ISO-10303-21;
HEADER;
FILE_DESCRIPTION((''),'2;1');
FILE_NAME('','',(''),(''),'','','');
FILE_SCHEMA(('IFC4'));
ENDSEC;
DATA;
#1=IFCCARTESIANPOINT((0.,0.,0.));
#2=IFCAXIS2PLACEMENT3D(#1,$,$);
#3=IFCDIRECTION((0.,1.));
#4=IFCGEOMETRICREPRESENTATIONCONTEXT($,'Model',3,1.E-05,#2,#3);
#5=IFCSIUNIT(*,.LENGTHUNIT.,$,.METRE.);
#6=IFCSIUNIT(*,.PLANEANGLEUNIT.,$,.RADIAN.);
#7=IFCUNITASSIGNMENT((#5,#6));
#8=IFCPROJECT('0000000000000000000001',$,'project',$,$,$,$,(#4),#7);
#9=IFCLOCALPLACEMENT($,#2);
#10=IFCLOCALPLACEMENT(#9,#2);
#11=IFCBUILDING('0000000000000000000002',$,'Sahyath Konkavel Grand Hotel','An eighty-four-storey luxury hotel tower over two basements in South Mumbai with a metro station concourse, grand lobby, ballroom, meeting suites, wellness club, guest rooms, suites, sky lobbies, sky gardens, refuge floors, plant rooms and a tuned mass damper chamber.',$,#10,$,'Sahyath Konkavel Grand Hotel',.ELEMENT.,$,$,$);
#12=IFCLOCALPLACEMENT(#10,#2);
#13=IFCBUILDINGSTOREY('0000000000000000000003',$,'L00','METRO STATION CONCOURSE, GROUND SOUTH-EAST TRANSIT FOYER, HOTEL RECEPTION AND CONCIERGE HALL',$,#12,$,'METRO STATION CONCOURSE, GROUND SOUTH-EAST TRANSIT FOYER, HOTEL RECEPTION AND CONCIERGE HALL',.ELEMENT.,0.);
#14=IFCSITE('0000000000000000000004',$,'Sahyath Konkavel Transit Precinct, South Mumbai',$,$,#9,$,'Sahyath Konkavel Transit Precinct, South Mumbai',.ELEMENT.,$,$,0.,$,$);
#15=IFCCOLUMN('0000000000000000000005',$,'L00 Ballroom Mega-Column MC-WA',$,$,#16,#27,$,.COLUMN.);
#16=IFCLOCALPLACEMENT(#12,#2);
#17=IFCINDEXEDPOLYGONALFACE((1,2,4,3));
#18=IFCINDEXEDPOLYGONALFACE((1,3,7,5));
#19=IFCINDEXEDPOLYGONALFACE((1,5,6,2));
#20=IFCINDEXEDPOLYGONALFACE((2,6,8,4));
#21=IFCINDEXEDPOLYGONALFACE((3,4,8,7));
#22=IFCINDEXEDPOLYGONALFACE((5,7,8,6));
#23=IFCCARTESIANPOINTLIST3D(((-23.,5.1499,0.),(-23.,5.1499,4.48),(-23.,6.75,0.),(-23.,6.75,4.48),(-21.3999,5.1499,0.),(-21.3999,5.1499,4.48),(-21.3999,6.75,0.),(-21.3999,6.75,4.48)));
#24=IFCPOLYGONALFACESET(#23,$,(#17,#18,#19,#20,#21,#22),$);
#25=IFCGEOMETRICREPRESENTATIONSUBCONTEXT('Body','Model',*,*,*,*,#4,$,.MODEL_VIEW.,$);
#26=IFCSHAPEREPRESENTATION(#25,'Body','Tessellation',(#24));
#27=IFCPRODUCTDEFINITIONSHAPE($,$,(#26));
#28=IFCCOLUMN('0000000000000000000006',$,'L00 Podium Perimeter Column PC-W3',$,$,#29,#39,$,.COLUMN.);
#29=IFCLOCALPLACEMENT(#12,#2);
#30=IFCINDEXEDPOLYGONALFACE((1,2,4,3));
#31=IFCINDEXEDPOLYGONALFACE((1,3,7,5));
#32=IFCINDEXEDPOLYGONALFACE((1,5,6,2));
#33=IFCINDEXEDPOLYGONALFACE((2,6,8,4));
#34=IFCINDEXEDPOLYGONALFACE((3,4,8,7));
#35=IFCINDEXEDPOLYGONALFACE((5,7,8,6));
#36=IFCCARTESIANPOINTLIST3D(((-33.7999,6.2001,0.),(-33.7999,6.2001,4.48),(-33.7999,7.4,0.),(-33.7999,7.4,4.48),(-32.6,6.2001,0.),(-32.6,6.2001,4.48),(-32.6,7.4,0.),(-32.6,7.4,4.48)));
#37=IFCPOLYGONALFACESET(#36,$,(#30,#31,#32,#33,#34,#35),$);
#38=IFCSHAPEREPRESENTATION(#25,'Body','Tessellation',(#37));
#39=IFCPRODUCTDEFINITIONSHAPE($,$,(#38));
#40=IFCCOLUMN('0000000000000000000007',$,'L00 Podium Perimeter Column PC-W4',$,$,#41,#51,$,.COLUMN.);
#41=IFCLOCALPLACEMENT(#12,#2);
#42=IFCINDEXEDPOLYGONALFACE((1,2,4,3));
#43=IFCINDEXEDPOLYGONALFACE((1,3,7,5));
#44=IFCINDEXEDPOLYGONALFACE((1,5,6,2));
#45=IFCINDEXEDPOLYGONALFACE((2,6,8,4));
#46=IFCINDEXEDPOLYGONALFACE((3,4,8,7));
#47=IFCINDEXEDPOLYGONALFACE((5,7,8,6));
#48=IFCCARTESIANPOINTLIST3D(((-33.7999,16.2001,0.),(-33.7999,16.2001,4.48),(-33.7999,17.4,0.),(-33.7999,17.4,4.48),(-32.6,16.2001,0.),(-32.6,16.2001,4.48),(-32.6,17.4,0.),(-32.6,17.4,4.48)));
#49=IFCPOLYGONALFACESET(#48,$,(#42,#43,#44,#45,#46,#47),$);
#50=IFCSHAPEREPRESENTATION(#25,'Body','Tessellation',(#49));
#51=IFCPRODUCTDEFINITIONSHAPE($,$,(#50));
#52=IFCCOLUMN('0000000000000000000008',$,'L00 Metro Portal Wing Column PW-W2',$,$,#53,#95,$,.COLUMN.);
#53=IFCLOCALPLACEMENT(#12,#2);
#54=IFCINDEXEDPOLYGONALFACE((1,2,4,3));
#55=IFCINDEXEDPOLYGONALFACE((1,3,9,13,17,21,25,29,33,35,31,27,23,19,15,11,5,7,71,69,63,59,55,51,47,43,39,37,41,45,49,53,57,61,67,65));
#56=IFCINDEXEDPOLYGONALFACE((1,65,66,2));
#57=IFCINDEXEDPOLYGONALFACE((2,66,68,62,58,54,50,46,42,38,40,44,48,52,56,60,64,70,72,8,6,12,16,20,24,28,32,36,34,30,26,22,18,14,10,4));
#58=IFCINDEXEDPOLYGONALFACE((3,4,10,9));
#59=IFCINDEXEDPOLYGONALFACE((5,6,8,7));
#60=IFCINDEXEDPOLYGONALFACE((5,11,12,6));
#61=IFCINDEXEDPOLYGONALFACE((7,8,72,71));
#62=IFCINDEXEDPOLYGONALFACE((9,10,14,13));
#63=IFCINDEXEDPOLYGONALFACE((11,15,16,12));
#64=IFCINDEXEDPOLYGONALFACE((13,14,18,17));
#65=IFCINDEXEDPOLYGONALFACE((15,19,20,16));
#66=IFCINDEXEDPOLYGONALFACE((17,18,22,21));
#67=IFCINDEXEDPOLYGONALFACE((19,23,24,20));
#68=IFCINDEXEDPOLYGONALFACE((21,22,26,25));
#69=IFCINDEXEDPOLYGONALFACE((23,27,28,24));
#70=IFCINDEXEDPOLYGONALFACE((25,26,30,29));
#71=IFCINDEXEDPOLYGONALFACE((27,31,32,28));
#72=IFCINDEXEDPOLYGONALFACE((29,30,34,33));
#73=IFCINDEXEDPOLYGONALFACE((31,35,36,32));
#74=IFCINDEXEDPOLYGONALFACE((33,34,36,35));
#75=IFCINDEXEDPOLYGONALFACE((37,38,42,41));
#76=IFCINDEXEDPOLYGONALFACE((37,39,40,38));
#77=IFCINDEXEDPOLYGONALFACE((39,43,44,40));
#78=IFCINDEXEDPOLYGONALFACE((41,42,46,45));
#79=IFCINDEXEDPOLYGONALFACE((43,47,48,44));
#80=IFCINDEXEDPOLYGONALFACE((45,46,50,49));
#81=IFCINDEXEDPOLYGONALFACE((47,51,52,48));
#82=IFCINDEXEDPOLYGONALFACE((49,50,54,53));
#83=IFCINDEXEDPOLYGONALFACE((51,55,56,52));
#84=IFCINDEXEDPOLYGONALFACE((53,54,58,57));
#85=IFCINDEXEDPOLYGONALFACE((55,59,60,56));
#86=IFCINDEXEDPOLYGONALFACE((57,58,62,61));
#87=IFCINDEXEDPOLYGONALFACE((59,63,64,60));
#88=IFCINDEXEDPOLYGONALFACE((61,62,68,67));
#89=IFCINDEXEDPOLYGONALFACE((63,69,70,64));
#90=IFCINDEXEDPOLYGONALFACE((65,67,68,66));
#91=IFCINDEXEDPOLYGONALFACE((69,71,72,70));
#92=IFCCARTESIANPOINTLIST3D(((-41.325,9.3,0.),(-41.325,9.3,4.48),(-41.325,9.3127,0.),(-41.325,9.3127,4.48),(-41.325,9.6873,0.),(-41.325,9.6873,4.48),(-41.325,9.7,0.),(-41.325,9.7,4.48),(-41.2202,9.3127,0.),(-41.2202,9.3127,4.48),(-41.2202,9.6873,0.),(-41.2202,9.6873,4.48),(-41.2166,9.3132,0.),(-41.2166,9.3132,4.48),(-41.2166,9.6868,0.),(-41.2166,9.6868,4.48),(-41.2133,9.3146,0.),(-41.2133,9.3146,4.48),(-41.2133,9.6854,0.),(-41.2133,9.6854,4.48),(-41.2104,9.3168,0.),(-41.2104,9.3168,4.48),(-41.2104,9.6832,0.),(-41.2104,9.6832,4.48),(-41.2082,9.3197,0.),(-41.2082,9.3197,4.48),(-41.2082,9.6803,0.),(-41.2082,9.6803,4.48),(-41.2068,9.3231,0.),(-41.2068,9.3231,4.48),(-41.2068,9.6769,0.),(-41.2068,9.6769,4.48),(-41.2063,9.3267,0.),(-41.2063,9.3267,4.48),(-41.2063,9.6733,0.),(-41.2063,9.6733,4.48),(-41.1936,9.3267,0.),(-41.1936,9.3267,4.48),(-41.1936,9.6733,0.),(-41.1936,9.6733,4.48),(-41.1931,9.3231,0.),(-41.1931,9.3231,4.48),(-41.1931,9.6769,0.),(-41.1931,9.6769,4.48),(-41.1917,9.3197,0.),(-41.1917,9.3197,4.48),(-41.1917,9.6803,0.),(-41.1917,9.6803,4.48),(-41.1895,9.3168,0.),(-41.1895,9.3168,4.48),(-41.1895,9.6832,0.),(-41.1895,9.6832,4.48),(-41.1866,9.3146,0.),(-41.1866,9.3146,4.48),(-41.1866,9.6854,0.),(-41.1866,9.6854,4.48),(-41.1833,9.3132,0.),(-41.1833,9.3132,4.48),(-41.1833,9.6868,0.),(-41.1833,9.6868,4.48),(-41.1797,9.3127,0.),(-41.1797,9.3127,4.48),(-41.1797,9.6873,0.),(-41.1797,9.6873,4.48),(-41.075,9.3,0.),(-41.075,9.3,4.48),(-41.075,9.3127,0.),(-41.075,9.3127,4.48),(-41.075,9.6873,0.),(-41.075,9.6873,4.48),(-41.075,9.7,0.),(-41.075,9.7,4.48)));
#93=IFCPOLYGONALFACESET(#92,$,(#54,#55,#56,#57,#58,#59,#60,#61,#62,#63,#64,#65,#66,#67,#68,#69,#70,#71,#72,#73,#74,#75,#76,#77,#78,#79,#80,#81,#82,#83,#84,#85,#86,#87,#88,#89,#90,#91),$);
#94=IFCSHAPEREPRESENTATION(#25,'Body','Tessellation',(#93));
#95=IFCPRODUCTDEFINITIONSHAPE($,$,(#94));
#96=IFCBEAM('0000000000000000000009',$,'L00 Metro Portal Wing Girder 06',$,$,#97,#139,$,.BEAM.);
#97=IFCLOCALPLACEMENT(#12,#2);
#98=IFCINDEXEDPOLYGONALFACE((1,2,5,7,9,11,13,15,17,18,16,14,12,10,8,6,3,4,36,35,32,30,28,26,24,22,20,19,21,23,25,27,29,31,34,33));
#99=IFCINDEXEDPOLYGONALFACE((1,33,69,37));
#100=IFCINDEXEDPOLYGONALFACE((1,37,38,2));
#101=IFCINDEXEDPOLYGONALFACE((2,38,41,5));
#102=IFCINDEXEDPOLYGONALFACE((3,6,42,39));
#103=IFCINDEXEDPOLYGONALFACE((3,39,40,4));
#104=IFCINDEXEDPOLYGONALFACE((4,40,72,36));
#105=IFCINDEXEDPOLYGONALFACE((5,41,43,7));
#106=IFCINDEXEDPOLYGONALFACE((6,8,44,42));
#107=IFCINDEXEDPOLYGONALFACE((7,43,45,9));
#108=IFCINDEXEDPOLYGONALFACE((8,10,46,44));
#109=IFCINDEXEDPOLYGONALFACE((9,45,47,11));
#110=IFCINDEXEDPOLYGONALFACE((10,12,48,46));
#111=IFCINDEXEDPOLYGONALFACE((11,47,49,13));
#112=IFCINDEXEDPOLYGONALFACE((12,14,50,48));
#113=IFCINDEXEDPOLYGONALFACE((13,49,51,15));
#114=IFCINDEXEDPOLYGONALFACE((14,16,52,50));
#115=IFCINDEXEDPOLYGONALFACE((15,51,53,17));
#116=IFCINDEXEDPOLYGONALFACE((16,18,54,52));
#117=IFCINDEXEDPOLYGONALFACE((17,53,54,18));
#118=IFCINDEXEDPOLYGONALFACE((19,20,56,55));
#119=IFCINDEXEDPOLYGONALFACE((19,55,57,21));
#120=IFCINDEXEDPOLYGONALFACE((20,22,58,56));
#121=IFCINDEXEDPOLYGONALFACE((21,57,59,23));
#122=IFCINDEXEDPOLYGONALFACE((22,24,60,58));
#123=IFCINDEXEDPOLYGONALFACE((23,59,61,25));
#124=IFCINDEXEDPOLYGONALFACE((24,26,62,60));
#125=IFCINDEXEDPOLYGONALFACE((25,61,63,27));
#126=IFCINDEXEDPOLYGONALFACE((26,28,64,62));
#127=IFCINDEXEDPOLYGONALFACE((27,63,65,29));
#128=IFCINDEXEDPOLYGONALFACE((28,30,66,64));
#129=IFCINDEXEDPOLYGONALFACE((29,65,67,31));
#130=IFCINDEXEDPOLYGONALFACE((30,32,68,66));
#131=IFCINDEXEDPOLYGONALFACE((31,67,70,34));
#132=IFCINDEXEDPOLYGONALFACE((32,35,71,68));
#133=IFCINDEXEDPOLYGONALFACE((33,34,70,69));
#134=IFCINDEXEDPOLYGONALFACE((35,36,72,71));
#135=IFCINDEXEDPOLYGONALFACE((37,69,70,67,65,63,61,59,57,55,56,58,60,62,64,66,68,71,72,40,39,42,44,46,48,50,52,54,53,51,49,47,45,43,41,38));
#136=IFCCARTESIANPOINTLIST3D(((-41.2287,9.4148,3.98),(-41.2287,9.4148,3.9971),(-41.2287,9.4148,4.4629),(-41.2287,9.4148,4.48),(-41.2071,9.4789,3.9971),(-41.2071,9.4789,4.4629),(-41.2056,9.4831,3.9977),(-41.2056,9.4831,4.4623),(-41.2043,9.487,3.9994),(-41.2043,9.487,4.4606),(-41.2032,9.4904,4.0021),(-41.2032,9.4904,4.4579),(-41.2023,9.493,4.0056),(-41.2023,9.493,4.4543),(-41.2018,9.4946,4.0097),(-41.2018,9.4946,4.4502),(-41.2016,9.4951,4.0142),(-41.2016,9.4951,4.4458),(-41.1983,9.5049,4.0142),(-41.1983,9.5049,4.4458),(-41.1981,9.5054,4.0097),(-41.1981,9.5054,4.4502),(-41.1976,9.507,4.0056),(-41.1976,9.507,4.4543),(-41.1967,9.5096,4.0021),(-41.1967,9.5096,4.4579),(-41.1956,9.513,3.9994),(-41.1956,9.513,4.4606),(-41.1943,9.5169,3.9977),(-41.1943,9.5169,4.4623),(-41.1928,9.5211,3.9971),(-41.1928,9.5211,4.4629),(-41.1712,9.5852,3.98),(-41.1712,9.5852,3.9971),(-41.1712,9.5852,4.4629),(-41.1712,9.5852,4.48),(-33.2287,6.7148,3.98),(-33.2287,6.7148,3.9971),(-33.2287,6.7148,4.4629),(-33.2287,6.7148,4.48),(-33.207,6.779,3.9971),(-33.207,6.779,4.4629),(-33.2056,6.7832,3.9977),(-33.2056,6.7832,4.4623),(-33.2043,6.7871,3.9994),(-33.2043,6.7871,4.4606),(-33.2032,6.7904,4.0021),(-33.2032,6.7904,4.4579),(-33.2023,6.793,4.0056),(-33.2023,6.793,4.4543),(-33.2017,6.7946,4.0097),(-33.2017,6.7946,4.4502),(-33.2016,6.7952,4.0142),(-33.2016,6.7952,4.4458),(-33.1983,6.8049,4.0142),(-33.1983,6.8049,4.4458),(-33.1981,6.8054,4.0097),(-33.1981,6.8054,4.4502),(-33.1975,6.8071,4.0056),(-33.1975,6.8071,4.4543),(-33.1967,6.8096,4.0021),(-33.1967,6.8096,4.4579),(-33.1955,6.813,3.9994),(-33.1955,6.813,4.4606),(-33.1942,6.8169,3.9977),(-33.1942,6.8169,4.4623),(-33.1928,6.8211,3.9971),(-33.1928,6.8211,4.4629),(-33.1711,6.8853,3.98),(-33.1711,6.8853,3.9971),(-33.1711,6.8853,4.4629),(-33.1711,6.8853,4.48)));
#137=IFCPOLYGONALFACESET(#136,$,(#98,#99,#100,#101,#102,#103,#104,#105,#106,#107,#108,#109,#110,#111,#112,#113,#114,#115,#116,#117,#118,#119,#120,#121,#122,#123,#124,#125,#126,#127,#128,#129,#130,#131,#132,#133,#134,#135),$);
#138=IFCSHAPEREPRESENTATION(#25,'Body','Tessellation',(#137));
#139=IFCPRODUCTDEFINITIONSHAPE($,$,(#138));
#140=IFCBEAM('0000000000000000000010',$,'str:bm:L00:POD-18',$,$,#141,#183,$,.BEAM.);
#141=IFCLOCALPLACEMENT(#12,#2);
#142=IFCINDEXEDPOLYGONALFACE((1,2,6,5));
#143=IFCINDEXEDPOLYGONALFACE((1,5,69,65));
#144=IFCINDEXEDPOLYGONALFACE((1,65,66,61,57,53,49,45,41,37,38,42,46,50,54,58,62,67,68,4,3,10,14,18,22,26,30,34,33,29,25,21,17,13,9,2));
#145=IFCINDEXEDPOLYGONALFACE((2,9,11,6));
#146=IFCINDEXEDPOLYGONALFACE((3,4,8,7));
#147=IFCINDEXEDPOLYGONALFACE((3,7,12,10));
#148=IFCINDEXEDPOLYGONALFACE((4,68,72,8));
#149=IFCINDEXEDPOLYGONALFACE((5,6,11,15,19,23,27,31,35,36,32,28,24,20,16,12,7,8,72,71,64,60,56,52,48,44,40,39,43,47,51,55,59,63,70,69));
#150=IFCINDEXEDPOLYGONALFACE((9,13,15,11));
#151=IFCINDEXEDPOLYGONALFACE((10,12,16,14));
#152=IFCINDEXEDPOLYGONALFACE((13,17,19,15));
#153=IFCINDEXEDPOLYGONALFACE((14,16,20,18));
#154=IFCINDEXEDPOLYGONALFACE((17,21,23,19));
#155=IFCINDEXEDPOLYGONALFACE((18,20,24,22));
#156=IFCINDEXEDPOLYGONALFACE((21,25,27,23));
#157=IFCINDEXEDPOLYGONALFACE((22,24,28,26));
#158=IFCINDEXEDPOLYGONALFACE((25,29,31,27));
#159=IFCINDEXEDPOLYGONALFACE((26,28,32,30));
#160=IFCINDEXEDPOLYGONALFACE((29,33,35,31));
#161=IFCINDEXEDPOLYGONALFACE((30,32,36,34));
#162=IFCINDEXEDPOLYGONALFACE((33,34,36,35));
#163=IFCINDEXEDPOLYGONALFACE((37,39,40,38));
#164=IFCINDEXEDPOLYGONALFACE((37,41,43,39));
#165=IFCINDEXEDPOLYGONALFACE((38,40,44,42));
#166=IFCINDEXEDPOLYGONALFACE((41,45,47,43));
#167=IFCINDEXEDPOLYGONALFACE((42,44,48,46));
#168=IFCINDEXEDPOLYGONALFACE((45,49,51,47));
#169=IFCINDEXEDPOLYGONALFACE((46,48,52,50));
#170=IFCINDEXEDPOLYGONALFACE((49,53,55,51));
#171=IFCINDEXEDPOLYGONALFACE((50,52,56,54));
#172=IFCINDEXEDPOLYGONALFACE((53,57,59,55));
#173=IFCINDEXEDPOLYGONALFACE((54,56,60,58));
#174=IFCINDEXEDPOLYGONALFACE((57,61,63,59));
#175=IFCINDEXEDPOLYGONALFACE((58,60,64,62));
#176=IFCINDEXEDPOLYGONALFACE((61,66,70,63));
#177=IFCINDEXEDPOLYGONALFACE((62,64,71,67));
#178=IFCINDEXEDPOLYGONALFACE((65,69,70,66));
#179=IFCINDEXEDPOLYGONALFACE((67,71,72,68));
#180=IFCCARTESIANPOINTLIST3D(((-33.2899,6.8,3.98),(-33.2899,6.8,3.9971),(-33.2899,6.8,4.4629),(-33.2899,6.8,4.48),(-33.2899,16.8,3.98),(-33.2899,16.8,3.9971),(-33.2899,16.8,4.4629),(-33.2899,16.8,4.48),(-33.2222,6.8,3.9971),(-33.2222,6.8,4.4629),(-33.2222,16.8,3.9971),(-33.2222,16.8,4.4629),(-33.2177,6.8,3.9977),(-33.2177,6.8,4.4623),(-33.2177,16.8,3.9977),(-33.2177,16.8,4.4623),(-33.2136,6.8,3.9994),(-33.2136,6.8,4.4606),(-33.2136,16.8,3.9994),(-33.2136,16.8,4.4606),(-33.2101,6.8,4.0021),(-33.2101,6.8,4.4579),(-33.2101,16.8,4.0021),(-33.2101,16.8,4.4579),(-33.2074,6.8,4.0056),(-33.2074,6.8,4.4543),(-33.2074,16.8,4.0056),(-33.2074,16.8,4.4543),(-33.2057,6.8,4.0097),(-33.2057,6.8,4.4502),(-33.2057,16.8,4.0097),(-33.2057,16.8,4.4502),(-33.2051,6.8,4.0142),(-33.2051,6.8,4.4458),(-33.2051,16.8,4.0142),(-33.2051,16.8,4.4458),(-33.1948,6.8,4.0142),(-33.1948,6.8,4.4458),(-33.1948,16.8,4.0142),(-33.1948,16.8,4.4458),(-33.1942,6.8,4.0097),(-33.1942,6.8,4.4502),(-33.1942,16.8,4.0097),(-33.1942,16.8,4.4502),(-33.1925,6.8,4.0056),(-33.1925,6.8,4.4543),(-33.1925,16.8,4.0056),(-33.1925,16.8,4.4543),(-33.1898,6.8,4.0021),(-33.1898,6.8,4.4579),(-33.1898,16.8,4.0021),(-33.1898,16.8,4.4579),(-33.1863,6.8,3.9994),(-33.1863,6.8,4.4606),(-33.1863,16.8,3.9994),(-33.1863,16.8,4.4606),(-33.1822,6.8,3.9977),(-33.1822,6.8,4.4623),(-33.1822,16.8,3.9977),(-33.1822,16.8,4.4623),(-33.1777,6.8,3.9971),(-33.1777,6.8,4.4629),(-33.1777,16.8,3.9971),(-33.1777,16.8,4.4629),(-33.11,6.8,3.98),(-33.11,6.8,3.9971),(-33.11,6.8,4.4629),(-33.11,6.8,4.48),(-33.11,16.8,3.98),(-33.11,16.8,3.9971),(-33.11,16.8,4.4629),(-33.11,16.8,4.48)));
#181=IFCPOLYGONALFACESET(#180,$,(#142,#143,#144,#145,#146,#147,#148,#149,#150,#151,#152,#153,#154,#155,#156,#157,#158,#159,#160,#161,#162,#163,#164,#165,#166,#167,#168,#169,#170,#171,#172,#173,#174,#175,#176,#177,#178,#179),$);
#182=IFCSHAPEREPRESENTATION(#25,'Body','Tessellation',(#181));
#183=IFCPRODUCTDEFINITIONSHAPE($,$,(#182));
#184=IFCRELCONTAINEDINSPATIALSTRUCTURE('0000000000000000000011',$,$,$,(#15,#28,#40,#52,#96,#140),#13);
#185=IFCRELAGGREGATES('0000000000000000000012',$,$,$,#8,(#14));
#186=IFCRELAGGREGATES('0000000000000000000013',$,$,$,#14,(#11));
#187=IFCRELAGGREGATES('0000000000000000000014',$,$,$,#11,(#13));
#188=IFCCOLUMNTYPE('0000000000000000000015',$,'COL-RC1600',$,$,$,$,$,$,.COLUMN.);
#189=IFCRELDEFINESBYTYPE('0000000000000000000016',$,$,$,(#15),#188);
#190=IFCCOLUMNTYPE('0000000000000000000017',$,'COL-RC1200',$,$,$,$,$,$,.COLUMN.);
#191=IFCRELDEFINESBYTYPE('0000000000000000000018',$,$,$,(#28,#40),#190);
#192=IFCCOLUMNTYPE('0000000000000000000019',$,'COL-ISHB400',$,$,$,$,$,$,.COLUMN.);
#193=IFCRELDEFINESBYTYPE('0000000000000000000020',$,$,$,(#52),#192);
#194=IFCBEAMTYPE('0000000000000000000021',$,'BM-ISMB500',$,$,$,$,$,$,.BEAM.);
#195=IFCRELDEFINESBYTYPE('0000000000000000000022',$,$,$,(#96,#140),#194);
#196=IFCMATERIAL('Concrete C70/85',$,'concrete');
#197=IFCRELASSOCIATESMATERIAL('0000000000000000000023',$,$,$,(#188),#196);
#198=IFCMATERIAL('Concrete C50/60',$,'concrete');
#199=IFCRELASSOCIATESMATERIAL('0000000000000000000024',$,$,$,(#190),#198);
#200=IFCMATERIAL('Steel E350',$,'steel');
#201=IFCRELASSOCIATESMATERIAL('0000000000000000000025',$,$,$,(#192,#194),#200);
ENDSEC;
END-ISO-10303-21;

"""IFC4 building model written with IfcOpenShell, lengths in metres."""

from ifc_helpers import new_model, si_unit, direction, frame, origin, origin_2d, place, context, subcontext, project, spatial, rectangle, i_section, extrude, source, transform, mapped, material, material_profile, profile_set, type_object, element, save


model = new_model("IFC4")

# Units and contexts
model_context = context("Model", 3, precision=1e-05, world=origin(), true_north=direction((0.0, 1.0)))
body_context = subcontext(model_context, "Body", "Model", "MODEL_VIEW")
ifc_project = project(units=[si_unit("LENGTHUNIT", "METRE"), si_unit("PLANEANGLEUNIT", "RADIAN")], contexts=[model_context])

# Site, building, storey
site_placement = place(None, origin())
site = spatial("IfcSite", under=ifc_project, at=site_placement, Name="Sahyath Konkavel Transit Precinct, South Mumbai", LongName="Sahyath Konkavel Transit Precinct, South Mumbai", CompositionType="ELEMENT", RefElevation=0.0)
building_placement = place(site_placement, origin())
building = spatial("IfcBuilding", under=site, at=building_placement, Name="Sahyath Konkavel Grand Hotel", Description="An eighty-four-storey luxury hotel tower over two basements in South Mumbai with a metro station concourse, grand lobby, ballroom, meeting suites, wellness club, guest rooms, suites, sky lobbies, sky gardens, refuge floors, plant rooms and a tuned mass damper chamber.", LongName="Sahyath Konkavel Grand Hotel", CompositionType="ELEMENT")
storey_placement = place(building_placement, origin())
storey = spatial("IfcBuildingStorey", under=building, at=storey_placement, Name="L00", Description="METRO STATION CONCOURSE, GROUND SOUTH-EAST TRANSIT FOYER, HOTEL RECEPTION AND CONCIERGE HALL", LongName="METRO STATION CONCOURSE, GROUND SOUTH-EAST TRANSIT FOYER, HOTEL RECEPTION AND CONCIERGE HALL", CompositionType="ELEMENT", Elevation=0.0)

# Columns
ifc_material_1 = material(Name="Concrete C70/85", Category="concrete")
ifc_material_profile_1 = material_profile(ifc_material_1, rectangle(XDim=1.6001, YDim=1.6001, at=origin_2d()), Name="RC 1600x1600")
ifc_profile_set_1 = profile_set([ifc_material_profile_1], Name="Concrete C70/85")
column_type_1 = type_object("IfcColumnType", Name="COL-RC1600", PredefinedType="COLUMN", material=ifc_profile_set_1)
shared_shape_1 = source(origin(), body_context, "Body", "SweptSolid", [
    extrude(rectangle(XDim=1.6001, YDim=1.6001, at=origin_2d()), origin(), (0.0, 0.0, 1.0), 4.48),
])
column_1_placement = place(storey_placement, frame((-22.2, 5.95, 0.0), z_axis=(0.0, 0.0, 1.0), x_axis=(1.0, 0.0, 0.0)))
element("IfcColumn", 1, at=column_1_placement, inside=storey, type_object=column_type_1, Name="L00 Ballroom Mega-Column MC-WA", PredefinedType="COLUMN", context=body_context, shape_type="MappedRepresentation", body=[
    mapped(shared_shape_1, transform((0.0, 0.0, 0.0), scale=1.0)),
])
ifc_material_2 = material(Name="Concrete C50/60", Category="concrete")
ifc_material_profile_2 = material_profile(ifc_material_2, rectangle(XDim=1.2, YDim=1.2, at=origin_2d()), Name="RC 1200x1200")
ifc_profile_set_2 = profile_set([ifc_material_profile_2], Name="Concrete C50/60")
column_type_2 = type_object("IfcColumnType", Name="COL-RC1200", PredefinedType="COLUMN", material=ifc_profile_set_2)
shared_shape_2 = source(origin(), body_context, "Body", "SweptSolid", [
    extrude(rectangle(XDim=1.2, YDim=1.2, at=origin_2d()), origin(), (0.0, 0.0, 1.0), 4.48),
])
for number, where, z_axis, x_axis, name in (
    (2, (-33.2, 6.8, 0.0), (0.0, 0.0, 1.0), (1.0, 0.0, 0.0), "L00 Podium Perimeter Column PC-W3"),
    (3, (-33.2, 16.8, 0.0), (0.0, 0.0, 1.0), (1.0, 0.0, 0.0), "L00 Podium Perimeter Column PC-W4"),
):
    element("IfcColumn", number, at=place(storey_placement, frame(where, z_axis=z_axis, x_axis=x_axis)), inside=storey, type_object=column_type_2, Name=name, PredefinedType="COLUMN", context=body_context, shape_type="MappedRepresentation", body=[
        mapped(shared_shape_2, transform((0.0, 0.0, 0.0), scale=1.0)),
    ])
ifc_material_3 = material(Name="Steel E350", Category="steel")
ifc_material_profile_3 = material_profile(ifc_material_3, i_section(OverallWidth=0.25, OverallDepth=0.3999, WebThickness=0.0127, FlangeThickness=0.0127, FilletRadius=0.0139, at=origin_2d()), Name="ISHB 400")
ifc_profile_set_3 = profile_set([ifc_material_profile_3], Name="Steel E350")
column_type_3 = type_object("IfcColumnType", Name="COL-ISHB400", PredefinedType="COLUMN", material=ifc_profile_set_3)
shared_shape_3 = source(origin(), body_context, "Body", "SweptSolid", [
    extrude(i_section(OverallWidth=0.25, OverallDepth=0.3999, WebThickness=0.0127, FlangeThickness=0.0127, FilletRadius=0.0139, at=origin_2d()), origin(), (0.0, 0.0, 1.0), 4.48),
])
column_2_placement = place(storey_placement, frame((-41.2, 9.5, 0.0), z_axis=(0.0, 0.0, 1.0), x_axis=(1.0, 0.0, 0.0)))
element("IfcColumn", 4, at=column_2_placement, inside=storey, type_object=column_type_3, Name="L00 Metro Portal Wing Column PW-W2", PredefinedType="COLUMN", context=body_context, shape_type="MappedRepresentation", body=[
    mapped(shared_shape_3, transform((0.0, 0.0, 0.0), scale=1.0)),
])

# Beams
ifc_material_profile_4 = material_profile(ifc_material_3, i_section(OverallWidth=0.1799, OverallDepth=0.5, WebThickness=0.0103, FlangeThickness=0.0171, FilletRadius=0.0171, at=origin_2d()), Name="ISMB 500")
ifc_profile_set_4 = profile_set([ifc_material_profile_4], Name="Steel E350")
beam_type_1 = type_object("IfcBeamType", Name="BM-ISMB500", PredefinedType="BEAM", material=ifc_profile_set_4)
shared_shape_4 = source(origin(), body_context, "Body", "SweptSolid", [
    extrude(i_section(OverallWidth=0.1799, OverallDepth=0.5, WebThickness=0.0103, FlangeThickness=0.0171, FilletRadius=0.0171, at=origin_2d()), origin(), (0.0, 0.0, 1.0), 8.4434),
])
beam_1_placement = place(storey_placement, frame((-41.2, 9.5, 4.23), z_axis=(0.947494, -0.319773, 0.0), x_axis=(0.319773, 0.947494, 0.0)))
element("IfcBeam", 5, at=beam_1_placement, inside=storey, type_object=beam_type_1, Name="L00 Metro Portal Wing Girder 06", PredefinedType="BEAM", context=body_context, shape_type="MappedRepresentation", body=[
    mapped(shared_shape_4, transform((0.0, 0.0, 0.0), scale=1.0)),
])
shared_shape_5 = source(origin(), body_context, "Body", "SweptSolid", [
    extrude(i_section(OverallWidth=0.1799, OverallDepth=0.5, WebThickness=0.0103, FlangeThickness=0.0171, FilletRadius=0.0171, at=origin_2d()), origin(), (0.0, 0.0, 1.0), 10.0),
])
beam_2_placement = place(storey_placement, frame((-33.2, 6.8, 4.23), z_axis=(0.0, 1.0, 0.0), x_axis=(-1.0, 0.0, 0.0)))
element("IfcBeam", 6, at=beam_2_placement, inside=storey, type_object=beam_type_1, Name="str:bm:L00:POD-18", PredefinedType="BEAM", context=body_context, shape_type="MappedRepresentation", body=[
    mapped(shared_shape_5, transform((0.0, 0.0, 0.0), scale=1.0)),
])

save(model, "model.ifc")
